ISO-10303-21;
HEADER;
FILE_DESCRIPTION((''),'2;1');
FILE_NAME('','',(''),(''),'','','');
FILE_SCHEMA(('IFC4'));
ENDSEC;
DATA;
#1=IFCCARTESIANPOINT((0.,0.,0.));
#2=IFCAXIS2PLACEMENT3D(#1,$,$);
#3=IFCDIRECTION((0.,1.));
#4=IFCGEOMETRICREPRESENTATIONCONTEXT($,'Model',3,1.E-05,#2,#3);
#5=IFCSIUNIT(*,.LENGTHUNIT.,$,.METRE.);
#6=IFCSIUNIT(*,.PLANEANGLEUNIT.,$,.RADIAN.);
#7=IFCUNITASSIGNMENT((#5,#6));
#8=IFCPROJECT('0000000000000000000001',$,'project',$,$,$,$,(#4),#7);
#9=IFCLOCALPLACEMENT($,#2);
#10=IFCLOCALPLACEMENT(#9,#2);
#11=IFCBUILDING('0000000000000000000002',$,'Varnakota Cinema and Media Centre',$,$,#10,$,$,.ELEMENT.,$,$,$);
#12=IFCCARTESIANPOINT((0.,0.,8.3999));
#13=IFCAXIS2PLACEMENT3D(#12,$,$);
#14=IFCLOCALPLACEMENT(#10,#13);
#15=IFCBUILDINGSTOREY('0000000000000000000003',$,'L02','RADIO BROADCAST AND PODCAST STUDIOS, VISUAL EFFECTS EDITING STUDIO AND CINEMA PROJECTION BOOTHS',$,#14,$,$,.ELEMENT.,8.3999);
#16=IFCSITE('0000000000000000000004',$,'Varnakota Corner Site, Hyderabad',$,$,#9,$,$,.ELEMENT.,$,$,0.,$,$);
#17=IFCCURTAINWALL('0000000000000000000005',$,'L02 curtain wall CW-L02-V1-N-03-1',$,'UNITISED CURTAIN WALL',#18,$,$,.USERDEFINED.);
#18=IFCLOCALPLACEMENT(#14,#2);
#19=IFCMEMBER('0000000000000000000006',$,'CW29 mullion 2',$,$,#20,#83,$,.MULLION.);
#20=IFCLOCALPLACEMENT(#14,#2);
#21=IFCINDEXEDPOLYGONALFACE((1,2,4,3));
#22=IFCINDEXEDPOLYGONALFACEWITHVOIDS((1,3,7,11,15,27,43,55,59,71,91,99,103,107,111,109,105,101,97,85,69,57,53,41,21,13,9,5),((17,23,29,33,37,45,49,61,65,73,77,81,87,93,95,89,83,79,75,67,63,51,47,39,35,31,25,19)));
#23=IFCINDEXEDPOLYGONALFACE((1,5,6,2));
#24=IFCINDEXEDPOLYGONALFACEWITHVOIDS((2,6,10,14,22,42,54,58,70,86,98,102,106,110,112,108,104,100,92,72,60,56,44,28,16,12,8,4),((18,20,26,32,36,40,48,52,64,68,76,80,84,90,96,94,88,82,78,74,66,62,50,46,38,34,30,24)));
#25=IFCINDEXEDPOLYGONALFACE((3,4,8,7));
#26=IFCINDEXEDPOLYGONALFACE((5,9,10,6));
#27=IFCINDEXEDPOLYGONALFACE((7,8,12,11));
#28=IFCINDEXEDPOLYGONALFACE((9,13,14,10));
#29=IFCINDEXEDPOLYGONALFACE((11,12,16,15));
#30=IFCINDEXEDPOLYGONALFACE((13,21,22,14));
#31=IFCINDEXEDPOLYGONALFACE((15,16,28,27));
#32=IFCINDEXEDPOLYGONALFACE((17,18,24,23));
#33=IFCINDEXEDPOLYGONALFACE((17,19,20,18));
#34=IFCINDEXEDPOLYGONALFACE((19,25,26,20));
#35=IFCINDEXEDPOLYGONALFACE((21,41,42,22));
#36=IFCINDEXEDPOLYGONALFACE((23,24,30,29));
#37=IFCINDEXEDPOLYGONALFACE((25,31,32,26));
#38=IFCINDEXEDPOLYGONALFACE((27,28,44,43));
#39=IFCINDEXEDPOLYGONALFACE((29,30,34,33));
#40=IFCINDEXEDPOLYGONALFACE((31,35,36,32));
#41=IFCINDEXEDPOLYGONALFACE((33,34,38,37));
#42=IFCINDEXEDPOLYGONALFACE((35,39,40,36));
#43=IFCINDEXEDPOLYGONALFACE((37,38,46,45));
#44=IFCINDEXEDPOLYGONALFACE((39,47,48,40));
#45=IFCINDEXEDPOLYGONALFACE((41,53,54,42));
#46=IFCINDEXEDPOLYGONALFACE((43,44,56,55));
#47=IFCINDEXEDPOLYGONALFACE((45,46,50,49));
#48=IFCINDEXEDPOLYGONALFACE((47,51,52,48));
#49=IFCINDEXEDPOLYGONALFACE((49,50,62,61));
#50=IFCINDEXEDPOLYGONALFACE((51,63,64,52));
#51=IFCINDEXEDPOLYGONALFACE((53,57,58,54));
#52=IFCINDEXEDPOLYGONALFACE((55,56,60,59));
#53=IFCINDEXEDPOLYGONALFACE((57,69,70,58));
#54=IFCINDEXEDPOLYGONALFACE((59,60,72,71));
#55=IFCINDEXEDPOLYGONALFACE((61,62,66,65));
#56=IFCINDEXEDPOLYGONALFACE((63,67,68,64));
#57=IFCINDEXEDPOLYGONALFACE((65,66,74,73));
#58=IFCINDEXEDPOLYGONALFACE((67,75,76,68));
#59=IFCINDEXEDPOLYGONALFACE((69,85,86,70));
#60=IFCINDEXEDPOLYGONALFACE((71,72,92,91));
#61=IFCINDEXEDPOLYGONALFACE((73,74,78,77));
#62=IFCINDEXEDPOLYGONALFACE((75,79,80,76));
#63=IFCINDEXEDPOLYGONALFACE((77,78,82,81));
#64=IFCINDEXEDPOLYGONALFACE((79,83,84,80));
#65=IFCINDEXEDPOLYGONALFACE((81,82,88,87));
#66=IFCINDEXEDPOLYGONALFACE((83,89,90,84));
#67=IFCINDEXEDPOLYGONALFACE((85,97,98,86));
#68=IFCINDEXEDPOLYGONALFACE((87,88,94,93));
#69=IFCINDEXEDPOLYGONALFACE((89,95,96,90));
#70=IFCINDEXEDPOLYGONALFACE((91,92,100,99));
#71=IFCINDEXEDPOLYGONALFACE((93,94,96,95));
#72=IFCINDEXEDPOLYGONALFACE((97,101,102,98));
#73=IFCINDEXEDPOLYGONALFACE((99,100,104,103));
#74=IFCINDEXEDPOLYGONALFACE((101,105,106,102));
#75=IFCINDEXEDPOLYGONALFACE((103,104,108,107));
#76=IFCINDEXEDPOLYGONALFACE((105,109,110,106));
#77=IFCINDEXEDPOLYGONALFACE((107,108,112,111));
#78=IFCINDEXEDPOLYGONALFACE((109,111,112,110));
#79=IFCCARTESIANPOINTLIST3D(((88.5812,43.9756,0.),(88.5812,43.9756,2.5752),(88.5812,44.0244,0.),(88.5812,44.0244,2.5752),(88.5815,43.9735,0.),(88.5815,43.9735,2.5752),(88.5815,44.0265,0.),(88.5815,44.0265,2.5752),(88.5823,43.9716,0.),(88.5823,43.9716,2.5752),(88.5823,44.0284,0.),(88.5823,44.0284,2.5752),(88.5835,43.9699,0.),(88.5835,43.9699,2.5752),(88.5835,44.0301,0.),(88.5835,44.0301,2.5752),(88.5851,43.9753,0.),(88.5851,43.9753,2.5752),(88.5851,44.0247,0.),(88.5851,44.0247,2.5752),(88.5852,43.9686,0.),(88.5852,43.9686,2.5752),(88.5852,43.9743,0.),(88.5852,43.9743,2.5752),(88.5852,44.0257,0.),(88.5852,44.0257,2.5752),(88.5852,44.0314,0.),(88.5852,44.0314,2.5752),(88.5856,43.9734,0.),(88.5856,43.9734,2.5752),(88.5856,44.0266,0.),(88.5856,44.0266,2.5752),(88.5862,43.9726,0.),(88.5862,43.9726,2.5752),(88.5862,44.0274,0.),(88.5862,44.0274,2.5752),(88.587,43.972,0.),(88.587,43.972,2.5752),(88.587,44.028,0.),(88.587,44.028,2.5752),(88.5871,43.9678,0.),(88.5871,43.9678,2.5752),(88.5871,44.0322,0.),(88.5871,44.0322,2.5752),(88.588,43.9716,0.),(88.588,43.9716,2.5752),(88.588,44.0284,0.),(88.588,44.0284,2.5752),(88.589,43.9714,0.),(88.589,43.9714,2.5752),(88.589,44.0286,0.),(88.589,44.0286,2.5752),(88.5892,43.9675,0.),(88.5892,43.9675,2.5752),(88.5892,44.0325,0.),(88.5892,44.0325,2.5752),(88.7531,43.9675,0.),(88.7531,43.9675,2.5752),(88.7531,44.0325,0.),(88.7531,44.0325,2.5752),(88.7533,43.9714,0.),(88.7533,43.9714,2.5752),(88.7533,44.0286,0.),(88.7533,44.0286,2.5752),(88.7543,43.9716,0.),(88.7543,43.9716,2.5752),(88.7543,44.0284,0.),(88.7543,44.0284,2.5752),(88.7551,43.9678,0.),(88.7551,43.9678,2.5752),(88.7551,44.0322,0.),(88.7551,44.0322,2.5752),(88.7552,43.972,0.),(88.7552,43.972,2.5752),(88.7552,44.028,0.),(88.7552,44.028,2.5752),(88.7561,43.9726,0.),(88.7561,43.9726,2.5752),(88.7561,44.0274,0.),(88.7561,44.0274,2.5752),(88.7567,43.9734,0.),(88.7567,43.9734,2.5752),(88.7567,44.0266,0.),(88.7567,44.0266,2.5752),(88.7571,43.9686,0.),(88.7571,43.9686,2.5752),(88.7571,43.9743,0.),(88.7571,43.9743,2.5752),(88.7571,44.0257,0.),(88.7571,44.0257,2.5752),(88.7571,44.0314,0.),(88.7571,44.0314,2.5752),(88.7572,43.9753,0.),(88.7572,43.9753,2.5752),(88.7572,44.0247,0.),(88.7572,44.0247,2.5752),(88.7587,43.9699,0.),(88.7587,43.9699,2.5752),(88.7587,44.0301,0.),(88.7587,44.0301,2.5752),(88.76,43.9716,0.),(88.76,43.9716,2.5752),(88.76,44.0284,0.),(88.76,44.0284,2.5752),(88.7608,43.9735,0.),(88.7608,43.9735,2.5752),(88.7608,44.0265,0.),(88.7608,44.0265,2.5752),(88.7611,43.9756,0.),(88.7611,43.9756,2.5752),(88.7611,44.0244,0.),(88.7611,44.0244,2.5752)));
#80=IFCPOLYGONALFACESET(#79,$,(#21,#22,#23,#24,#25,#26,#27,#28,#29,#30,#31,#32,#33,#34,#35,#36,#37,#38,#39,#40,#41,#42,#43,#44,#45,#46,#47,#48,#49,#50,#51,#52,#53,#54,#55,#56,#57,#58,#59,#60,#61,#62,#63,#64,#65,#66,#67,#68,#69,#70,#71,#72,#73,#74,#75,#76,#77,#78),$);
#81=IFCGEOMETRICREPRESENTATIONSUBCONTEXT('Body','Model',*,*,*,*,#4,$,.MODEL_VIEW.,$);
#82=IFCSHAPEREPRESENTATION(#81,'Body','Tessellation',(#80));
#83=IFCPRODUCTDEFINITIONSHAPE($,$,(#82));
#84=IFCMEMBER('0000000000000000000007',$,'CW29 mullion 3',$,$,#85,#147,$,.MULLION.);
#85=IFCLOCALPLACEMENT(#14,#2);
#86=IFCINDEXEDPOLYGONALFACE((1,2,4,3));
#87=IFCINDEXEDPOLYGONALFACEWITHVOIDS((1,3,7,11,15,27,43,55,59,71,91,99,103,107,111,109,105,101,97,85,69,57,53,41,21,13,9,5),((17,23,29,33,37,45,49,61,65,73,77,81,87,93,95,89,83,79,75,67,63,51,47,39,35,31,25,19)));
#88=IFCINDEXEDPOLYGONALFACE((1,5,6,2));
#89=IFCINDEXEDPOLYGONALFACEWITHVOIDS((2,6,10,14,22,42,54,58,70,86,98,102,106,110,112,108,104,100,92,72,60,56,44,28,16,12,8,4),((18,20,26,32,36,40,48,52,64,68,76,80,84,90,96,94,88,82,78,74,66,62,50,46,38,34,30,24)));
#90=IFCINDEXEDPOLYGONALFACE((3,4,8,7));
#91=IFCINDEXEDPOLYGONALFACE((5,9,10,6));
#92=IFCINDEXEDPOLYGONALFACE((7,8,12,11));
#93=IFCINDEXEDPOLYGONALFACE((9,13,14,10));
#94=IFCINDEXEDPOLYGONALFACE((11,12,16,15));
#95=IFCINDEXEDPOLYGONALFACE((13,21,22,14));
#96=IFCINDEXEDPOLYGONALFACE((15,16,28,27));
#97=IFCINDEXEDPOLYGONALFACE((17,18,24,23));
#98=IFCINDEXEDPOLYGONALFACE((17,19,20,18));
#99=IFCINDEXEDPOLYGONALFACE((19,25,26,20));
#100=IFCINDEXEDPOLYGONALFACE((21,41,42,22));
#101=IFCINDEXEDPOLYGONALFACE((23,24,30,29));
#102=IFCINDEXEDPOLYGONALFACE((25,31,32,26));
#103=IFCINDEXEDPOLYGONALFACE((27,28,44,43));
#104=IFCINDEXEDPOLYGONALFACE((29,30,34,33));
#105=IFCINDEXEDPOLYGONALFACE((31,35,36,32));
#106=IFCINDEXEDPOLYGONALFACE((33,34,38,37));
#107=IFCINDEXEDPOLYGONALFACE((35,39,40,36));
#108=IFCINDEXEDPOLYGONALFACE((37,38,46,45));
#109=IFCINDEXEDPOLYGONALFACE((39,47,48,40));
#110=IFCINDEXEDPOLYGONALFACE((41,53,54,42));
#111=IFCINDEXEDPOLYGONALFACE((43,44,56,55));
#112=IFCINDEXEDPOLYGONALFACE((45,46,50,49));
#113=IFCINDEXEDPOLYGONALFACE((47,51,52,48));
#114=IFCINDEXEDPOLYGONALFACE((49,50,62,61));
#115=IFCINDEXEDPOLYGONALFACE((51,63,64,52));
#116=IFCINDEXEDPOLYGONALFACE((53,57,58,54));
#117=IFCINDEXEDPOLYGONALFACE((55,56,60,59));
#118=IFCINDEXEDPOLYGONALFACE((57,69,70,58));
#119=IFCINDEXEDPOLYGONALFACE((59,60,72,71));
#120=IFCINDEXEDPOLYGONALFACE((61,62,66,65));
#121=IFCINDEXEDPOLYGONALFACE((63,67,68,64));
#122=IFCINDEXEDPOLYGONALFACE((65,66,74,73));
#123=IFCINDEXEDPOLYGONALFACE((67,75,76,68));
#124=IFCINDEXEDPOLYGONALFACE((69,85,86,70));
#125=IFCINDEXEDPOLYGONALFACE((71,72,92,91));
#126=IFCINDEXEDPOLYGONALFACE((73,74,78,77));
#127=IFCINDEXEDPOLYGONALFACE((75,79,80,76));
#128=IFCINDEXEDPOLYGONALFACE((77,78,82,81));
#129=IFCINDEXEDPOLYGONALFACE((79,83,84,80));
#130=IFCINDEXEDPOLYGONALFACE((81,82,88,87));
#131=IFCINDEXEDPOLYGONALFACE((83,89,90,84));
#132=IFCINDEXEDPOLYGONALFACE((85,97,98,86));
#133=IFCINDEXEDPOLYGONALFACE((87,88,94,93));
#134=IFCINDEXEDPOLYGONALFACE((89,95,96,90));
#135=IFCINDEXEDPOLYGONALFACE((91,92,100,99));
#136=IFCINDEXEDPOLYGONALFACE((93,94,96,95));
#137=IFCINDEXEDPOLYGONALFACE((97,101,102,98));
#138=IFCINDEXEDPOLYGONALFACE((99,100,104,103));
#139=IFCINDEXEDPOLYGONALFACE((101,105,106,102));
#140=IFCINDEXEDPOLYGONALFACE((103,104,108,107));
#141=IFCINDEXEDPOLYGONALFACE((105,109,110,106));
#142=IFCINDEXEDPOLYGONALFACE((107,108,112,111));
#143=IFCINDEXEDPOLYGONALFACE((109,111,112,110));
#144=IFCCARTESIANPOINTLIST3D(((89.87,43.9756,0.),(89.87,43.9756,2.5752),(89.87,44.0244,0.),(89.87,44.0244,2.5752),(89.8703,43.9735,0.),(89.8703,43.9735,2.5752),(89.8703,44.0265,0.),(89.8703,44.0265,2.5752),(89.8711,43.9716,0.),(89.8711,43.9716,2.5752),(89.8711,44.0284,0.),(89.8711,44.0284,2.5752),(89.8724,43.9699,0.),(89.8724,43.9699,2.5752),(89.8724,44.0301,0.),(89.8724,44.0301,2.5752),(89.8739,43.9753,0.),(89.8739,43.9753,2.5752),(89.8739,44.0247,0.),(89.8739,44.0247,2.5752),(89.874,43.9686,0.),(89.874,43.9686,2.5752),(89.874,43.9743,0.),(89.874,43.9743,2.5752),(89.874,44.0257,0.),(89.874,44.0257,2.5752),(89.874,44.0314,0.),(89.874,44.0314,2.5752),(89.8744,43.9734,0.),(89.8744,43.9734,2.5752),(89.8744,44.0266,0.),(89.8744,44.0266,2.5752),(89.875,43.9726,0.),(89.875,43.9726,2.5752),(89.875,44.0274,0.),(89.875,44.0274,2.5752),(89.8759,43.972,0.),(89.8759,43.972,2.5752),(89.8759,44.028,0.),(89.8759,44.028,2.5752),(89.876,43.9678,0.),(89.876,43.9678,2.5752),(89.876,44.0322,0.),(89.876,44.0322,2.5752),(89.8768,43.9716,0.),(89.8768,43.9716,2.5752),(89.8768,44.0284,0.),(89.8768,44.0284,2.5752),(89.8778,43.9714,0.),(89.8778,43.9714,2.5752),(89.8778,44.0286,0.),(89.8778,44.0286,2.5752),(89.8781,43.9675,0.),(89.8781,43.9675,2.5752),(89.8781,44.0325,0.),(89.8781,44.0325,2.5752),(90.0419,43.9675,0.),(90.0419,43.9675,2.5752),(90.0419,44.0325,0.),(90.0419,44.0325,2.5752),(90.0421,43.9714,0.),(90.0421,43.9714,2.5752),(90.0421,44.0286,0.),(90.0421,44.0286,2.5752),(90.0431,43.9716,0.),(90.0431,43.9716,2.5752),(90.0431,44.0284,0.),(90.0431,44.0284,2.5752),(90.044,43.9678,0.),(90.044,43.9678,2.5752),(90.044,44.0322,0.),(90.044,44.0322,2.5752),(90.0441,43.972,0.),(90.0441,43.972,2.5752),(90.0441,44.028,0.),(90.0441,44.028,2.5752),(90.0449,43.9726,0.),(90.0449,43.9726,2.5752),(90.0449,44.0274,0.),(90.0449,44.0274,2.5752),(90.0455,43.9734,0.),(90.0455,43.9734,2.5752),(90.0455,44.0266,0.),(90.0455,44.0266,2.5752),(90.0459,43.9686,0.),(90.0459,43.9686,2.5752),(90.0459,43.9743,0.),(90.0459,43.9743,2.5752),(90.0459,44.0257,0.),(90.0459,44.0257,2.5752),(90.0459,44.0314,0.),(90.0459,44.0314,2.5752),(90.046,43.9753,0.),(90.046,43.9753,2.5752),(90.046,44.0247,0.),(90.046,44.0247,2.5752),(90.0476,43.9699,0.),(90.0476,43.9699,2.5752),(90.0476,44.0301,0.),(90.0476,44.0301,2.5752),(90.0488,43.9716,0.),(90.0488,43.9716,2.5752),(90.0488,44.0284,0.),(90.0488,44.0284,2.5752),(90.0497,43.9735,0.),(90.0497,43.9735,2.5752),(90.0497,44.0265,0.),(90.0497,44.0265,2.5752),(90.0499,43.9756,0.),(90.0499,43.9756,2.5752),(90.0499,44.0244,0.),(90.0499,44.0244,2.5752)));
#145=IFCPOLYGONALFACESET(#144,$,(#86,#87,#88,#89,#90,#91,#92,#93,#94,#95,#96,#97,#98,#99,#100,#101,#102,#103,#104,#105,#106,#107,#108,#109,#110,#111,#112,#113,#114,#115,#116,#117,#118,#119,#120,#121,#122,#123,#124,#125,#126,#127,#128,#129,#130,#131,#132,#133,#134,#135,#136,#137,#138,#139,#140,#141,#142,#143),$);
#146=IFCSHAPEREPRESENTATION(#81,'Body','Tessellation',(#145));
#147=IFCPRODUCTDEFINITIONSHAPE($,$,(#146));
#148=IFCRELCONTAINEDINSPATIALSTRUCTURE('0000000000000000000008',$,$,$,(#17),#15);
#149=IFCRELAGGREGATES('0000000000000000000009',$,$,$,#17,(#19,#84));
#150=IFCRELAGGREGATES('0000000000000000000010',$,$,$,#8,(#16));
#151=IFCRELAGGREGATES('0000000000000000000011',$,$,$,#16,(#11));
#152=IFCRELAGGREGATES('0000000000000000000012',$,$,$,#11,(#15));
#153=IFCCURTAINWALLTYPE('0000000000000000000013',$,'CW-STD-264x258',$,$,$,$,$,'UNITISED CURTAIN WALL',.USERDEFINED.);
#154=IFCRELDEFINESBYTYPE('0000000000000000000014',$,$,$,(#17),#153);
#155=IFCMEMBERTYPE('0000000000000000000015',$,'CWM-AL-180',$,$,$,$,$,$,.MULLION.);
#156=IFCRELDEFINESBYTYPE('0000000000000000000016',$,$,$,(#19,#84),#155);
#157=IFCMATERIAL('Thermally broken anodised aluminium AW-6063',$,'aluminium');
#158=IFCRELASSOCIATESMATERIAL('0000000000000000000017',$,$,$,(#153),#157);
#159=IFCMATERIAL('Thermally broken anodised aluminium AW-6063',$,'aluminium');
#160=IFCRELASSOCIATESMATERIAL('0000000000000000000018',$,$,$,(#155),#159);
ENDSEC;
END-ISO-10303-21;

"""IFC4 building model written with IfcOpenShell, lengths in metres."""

from ifc_helpers import new_model, si_unit, direction, frame, origin, origin_2d, place, context, subcontext, project, spatial, hollow_rectangle, extrude, material, material_profile, profile_set, type_object, element, aggregate, save


model = new_model("IFC4")

# Units and contexts
model_context = context("Model", 3, precision=1e-05, world=origin(), true_north=direction((0.0, 1.0)))
body_context = subcontext(model_context, "Body", "Model", "MODEL_VIEW")
ifc_project = project(units=[si_unit("LENGTHUNIT", "METRE"), si_unit("PLANEANGLEUNIT", "RADIAN")], contexts=[model_context])

# Site, building, storey
site_placement = place(None, origin())
site = spatial("IfcSite", under=ifc_project, at=site_placement, Name="Varnakota Corner Site, Hyderabad", CompositionType="ELEMENT", RefElevation=0.0)
building_placement = place(site_placement, origin())
building = spatial("IfcBuilding", under=site, at=building_placement, Name="Varnakota Cinema and Media Centre", CompositionType="ELEMENT")
storey_placement = place(building_placement, frame((0.0, 0.0, 8.3999)))
storey = spatial("IfcBuildingStorey", under=building, at=storey_placement, Name="L02", Description="RADIO BROADCAST AND PODCAST STUDIOS, VISUAL EFFECTS EDITING STUDIO AND CINEMA PROJECTION BOOTHS", CompositionType="ELEMENT", Elevation=8.3999)

# Shared definitions
ifc_material_1 = material(Name="Thermally broken anodised aluminium AW-6063", Category="aluminium")
curtain_wall_type = type_object("IfcCurtainWallType", Name="CW-STD-264x258", ElementType="UNITISED CURTAIN WALL", PredefinedType="USERDEFINED", material=ifc_material_1)
ifc_material_2 = material(Name="Thermally broken anodised aluminium AW-6063", Category="aluminium")
ifc_material_profile_1 = material_profile(ifc_material_2, hollow_rectangle(XDim=0.0649, YDim=0.1799, WallThickness=0.0039, InnerFilletRadius=0.0039, OuterFilletRadius=0.0081, at=origin_2d()), Name="AL-MULLION 180x65x4")
ifc_profile_set_1 = profile_set([ifc_material_profile_1], Name="Thermally broken anodised aluminium AW-6063")
member_type_1 = type_object("IfcMemberType", Name="CWM-AL-180", PredefinedType="MULLION", material=ifc_profile_set_1)

# Curtain wall, members
curtain_wall_1_placement = place(storey_placement, origin())
curtain_wall_1 = element("IfcCurtainWall", 1, at=curtain_wall_1_placement, inside=storey, type_object=curtain_wall_type, Name="L02 curtain wall CW-L02-V1-N-03-1", ObjectType="UNITISED CURTAIN WALL", PredefinedType="USERDEFINED")
member_1_placement = place(storey_placement, frame((88.6711, 44.0, 0.0), z_axis=(0.0, 0.0, 1.0), x_axis=(0.0, 1.0, 0.0)))
member_1 = element("IfcMember", 2, at=member_1_placement, type_object=member_type_1, Name="CW29 mullion 2", PredefinedType="MULLION", context=body_context, shape_type="SweptSolid", body=[
    extrude(hollow_rectangle(XDim=0.0649, YDim=0.1799, WallThickness=0.0039, InnerFilletRadius=0.0039, OuterFilletRadius=0.0081, at=origin_2d()), origin(), (0.0, 0.0, 1.0), 2.5752),
])
member_2_placement = place(storey_placement, frame((89.96, 44.0, 0.0), z_axis=(0.0, 0.0, 1.0), x_axis=(0.0, 1.0, 0.0)))
member_2 = element("IfcMember", 3, at=member_2_placement, type_object=member_type_1, Name="CW29 mullion 3", PredefinedType="MULLION", context=body_context, shape_type="SweptSolid", body=[
    extrude(hollow_rectangle(XDim=0.0649, YDim=0.1799, WallThickness=0.0039, InnerFilletRadius=0.0039, OuterFilletRadius=0.0081, at=origin_2d()), origin(), (0.0, 0.0, 1.0), 2.5752),
])

aggregate(curtain_wall_1, [member_1, member_2])

save(model, "model.ifc")
